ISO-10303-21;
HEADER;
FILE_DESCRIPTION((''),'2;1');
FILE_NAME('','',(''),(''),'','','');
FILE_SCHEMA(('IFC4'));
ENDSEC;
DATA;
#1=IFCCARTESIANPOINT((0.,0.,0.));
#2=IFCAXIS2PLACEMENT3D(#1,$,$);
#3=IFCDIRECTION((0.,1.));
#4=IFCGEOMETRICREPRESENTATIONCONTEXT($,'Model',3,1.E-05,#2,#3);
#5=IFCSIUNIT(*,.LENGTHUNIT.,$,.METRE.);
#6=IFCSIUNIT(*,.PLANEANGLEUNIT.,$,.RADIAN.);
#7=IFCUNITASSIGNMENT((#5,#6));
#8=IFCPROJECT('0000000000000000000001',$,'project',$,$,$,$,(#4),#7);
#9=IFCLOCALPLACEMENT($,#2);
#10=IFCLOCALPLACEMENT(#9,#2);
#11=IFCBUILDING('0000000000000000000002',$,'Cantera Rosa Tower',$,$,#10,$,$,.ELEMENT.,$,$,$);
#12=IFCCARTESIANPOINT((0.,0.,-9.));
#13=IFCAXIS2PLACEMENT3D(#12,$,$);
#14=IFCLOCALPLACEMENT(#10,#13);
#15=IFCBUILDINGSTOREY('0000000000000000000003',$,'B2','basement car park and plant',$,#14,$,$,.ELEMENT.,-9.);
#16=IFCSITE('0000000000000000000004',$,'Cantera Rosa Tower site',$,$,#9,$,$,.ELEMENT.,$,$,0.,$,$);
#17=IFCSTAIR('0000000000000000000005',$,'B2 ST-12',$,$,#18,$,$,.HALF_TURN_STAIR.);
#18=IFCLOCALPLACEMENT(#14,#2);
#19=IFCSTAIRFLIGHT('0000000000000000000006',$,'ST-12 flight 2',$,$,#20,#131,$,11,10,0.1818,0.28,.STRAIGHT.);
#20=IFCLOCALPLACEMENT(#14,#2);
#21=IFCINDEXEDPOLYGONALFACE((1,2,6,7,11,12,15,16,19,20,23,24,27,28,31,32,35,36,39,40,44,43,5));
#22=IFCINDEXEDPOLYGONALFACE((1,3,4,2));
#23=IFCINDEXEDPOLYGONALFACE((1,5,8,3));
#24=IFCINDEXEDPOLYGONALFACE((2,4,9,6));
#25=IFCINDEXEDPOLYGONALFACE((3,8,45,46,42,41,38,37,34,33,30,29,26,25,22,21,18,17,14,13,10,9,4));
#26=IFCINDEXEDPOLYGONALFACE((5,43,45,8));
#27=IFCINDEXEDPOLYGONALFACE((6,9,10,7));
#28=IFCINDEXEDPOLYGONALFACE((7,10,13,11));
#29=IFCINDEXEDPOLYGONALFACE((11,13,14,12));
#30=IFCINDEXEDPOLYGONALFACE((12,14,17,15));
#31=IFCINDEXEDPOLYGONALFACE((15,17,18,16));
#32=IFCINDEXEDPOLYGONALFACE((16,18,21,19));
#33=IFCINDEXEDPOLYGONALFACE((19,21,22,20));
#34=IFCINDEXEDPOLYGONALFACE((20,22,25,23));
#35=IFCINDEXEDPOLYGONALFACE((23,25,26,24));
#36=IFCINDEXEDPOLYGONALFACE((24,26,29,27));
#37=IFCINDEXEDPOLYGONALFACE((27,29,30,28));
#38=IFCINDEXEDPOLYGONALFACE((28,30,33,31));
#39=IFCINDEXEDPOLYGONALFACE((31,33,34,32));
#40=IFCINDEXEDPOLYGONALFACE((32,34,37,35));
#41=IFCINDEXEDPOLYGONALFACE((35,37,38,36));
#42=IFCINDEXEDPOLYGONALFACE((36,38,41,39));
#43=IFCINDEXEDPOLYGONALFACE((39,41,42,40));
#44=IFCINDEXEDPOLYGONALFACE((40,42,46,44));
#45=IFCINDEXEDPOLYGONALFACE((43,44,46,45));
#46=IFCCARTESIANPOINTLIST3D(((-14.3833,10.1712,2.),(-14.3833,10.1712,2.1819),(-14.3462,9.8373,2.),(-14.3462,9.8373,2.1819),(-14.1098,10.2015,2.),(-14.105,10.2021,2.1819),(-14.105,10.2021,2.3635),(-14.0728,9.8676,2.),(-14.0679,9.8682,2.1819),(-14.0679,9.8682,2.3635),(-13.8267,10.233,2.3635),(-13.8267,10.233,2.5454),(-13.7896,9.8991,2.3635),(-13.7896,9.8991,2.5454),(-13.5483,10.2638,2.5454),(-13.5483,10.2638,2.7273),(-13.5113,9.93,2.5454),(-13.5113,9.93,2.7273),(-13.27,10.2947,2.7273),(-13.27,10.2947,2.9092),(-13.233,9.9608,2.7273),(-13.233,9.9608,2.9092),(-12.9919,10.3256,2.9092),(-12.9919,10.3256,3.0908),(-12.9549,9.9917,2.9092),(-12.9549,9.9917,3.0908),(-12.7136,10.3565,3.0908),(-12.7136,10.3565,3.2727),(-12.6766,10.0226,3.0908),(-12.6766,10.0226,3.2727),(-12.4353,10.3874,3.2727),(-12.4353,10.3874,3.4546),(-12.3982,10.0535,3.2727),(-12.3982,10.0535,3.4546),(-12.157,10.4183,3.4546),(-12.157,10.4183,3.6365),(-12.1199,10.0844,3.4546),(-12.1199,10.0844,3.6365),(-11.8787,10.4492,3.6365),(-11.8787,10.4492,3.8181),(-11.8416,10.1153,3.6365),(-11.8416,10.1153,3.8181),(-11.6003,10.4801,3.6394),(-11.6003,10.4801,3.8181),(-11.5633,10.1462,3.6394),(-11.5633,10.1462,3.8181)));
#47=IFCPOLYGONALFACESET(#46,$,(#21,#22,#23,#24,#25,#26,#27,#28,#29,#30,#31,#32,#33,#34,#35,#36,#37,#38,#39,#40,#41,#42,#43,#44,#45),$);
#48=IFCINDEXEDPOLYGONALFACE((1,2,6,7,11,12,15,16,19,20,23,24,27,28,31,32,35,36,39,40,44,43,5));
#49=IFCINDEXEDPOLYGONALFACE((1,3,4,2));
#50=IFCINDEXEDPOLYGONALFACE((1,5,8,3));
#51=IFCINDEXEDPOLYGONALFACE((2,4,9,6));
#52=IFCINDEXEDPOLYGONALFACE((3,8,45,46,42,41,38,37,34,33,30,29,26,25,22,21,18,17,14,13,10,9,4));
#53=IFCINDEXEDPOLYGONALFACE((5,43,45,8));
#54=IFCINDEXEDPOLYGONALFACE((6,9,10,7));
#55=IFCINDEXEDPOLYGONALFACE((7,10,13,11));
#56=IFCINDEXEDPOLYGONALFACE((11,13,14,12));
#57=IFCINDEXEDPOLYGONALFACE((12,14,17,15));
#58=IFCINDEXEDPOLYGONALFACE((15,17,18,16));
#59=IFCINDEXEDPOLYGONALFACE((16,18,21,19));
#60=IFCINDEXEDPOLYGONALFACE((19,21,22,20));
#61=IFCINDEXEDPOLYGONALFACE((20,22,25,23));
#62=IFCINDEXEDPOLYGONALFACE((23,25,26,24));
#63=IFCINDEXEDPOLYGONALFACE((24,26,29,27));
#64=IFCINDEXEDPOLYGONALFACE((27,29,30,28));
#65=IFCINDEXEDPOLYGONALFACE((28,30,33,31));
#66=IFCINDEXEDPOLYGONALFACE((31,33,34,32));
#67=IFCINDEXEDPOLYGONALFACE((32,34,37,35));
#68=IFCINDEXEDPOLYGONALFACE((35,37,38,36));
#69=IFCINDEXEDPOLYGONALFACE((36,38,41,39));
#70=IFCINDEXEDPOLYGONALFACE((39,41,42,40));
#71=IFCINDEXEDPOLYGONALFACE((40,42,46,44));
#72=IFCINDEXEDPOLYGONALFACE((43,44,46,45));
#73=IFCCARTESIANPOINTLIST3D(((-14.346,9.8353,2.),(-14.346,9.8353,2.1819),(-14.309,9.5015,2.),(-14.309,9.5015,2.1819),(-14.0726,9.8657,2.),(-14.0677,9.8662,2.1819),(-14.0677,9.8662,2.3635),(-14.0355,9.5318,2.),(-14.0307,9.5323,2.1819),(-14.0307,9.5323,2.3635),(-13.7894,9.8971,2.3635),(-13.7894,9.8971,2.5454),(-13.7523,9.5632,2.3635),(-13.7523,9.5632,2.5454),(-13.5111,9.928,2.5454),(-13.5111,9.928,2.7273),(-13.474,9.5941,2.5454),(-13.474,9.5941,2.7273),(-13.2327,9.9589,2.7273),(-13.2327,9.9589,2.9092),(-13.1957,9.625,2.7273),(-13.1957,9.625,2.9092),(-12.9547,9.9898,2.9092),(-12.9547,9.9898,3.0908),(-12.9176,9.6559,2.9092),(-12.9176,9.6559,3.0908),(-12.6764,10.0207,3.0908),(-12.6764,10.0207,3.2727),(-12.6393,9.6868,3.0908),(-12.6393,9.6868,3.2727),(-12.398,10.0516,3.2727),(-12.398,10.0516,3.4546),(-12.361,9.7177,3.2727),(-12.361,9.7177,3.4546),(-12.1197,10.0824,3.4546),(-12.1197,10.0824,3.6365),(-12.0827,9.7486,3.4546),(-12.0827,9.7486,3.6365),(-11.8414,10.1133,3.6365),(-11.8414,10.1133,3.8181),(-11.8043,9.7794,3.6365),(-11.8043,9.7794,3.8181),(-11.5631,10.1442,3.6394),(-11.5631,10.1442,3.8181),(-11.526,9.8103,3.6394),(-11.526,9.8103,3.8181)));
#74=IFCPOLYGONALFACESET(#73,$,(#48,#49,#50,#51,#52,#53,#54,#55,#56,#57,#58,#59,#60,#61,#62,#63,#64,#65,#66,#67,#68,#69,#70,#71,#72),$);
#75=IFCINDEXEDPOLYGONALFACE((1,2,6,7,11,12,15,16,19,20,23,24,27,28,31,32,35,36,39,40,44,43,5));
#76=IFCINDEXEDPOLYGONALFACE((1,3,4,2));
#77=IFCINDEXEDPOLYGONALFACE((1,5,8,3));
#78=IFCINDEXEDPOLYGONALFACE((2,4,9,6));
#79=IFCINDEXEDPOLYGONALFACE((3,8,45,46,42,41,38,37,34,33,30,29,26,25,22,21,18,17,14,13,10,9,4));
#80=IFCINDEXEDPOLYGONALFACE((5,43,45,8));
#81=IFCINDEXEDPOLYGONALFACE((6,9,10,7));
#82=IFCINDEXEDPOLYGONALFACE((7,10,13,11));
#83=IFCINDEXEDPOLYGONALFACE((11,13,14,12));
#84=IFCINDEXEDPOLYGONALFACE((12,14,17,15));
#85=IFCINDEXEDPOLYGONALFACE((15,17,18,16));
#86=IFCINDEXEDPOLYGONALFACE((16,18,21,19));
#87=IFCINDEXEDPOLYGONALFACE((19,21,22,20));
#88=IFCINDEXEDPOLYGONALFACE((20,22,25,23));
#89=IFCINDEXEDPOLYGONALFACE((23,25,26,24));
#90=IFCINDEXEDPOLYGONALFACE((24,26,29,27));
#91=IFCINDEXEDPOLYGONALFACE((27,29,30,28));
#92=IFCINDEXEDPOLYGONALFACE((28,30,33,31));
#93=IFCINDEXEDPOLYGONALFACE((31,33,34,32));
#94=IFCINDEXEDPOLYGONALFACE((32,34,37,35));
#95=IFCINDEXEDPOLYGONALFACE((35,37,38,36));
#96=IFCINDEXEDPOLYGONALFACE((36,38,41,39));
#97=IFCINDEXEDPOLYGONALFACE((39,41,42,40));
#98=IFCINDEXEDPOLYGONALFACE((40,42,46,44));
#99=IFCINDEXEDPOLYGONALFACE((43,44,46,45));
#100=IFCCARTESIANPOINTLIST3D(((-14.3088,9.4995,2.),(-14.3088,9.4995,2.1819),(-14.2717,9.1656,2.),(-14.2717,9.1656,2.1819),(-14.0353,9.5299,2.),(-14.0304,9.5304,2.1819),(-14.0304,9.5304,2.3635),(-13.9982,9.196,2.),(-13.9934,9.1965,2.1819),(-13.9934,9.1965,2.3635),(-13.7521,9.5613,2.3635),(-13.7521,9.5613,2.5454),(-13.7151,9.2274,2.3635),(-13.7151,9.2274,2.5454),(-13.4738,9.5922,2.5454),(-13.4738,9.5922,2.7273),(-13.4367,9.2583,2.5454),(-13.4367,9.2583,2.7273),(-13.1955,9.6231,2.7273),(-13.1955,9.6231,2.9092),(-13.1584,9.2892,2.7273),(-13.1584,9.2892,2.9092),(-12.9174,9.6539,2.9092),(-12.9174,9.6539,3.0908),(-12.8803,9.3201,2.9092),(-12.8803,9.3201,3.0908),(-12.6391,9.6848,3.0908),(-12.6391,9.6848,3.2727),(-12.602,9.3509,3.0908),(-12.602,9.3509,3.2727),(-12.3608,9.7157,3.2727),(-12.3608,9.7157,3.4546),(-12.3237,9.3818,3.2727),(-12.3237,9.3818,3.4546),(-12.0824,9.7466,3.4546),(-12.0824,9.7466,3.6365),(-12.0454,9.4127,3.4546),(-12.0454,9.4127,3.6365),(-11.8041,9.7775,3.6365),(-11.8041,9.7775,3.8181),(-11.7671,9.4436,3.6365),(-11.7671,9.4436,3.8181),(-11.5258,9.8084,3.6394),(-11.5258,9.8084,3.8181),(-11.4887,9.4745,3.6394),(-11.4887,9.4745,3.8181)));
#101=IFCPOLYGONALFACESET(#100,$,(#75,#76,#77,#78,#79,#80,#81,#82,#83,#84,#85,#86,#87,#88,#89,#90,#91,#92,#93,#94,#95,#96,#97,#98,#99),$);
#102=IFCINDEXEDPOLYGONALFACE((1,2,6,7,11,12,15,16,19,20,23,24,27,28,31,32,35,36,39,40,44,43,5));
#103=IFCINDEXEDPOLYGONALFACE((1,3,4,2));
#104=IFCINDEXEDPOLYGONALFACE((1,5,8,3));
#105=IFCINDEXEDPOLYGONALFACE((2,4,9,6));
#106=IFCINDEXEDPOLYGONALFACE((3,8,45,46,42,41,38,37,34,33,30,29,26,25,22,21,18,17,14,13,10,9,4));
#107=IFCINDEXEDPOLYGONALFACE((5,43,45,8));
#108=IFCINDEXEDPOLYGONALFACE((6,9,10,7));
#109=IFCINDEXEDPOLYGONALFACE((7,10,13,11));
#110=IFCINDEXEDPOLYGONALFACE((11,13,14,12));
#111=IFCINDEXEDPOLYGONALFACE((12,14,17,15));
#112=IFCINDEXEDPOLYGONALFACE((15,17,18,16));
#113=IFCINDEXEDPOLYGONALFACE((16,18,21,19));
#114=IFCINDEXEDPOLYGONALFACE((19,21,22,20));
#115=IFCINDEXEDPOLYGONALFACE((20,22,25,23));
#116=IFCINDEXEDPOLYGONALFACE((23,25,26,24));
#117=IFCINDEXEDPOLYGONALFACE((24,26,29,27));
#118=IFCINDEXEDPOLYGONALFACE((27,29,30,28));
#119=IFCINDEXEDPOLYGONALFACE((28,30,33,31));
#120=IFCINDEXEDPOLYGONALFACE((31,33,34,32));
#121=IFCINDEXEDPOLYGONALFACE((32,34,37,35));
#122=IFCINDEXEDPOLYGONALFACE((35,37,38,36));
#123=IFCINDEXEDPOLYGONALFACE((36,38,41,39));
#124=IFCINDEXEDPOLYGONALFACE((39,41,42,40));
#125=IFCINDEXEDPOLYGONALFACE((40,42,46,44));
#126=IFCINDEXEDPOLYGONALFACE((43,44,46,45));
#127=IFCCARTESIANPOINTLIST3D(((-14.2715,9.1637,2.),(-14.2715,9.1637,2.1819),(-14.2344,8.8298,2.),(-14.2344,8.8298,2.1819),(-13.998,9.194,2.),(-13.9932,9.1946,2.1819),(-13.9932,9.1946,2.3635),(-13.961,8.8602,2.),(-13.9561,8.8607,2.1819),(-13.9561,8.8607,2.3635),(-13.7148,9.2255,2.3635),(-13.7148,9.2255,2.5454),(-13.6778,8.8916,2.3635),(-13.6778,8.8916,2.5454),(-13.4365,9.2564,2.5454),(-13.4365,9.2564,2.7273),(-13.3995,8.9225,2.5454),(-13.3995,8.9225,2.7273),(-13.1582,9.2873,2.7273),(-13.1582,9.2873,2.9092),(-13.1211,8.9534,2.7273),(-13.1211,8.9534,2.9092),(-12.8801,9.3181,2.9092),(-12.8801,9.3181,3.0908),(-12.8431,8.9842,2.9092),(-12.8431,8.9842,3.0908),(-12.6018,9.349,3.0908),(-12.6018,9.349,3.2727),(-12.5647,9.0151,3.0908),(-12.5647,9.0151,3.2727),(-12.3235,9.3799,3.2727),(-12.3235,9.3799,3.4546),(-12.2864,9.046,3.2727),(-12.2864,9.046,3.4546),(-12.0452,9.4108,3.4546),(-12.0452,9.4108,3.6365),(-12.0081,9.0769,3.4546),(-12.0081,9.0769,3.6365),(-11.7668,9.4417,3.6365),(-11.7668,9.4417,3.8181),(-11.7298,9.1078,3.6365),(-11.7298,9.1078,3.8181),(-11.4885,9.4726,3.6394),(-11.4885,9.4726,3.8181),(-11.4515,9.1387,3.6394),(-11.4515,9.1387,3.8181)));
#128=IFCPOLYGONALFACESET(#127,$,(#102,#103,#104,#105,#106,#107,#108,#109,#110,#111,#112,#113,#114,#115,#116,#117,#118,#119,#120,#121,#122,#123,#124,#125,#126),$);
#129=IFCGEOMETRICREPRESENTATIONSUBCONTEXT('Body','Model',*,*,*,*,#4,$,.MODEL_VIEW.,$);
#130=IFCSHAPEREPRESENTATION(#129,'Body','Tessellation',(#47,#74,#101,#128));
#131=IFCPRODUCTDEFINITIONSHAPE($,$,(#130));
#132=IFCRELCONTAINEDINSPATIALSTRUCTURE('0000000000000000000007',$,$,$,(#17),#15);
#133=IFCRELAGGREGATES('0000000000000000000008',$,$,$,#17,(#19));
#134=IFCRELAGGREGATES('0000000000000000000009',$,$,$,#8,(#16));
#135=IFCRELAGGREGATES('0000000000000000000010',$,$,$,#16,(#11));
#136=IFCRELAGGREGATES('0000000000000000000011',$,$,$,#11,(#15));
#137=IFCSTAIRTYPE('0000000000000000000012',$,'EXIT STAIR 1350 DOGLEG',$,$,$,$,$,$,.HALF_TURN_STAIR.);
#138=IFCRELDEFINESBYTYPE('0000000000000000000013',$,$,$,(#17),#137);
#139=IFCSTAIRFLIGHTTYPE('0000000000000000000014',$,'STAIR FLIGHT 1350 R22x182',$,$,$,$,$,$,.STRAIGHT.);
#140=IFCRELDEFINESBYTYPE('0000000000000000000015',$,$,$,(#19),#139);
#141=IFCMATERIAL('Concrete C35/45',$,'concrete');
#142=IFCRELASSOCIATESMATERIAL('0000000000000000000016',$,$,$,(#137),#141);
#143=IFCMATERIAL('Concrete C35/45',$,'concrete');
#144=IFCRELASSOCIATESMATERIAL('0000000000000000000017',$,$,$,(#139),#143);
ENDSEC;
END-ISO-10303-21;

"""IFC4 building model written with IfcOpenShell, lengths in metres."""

from ifc_helpers import new_model, si_unit, direction, frame, origin, place, context, subcontext, project, spatial, polyline, outline, extrude, material, type_object, element, aggregate, save


model = new_model("IFC4")

# Units and contexts
model_context = context("Model", 3, precision=1e-05, world=origin(), true_north=direction((0.0, 1.0)))
body_context = subcontext(model_context, "Body", "Model", "MODEL_VIEW")
ifc_project = project(units=[si_unit("LENGTHUNIT", "METRE"), si_unit("PLANEANGLEUNIT", "RADIAN")], contexts=[model_context])

# Site, building, storey
site_placement = place(None, origin())
site = spatial("IfcSite", under=ifc_project, at=site_placement, Name="Cantera Rosa Tower site", CompositionType="ELEMENT", RefElevation=0.0)
building_placement = place(site_placement, origin())
building = spatial("IfcBuilding", under=site, at=building_placement, Name="Cantera Rosa Tower", CompositionType="ELEMENT")
storey_placement = place(building_placement, frame((0.0, 0.0, -9.0)))
storey = spatial("IfcBuildingStorey", under=building, at=storey_placement, Name="B2", Description="basement car park and plant", CompositionType="ELEMENT", Elevation=-9.0)

# Stair, stair flight
ifc_material_1 = material(Name="Concrete C35/45", Category="concrete")
stair_type = type_object("IfcStairType", Name="EXIT STAIR 1350 DOGLEG", PredefinedType="HALF_TURN_STAIR", material=ifc_material_1)
stair_placement = place(storey_placement, origin())
stair = element("IfcStair", 1, at=stair_placement, inside=storey, type_object=stair_type, Name="B2 ST-12", PredefinedType="HALF_TURN_STAIR")
ifc_material_2 = material(Name="Concrete C35/45", Category="concrete")
stair_flight_type = type_object("IfcStairFlightType", Name="STAIR FLIGHT 1350 R22x182", PredefinedType="STRAIGHT", material=ifc_material_2)
stair_flight_1_placement = place(storey_placement, frame((-14.3088, 9.5002, 2.0), z_axis=(0.0, 0.0, 1.0), x_axis=(0.993897, 0.110313, 0.0)))
stair_flight_1 = element("IfcStairFlight", 2, at=stair_flight_1_placement, type_object=stair_flight_type, Name="ST-12 flight 2", NumberOfRisers=11, NumberOfTreads=10, PredefinedType="STRAIGHT", RiserHeight=0.1818, TreadLength=0.28, context=body_context, shape_type="SweptSolid", body=[
    extrude(outline(polyline([(0.0, 0.0), (0.0, 0.1819), (0.28, 0.1819), (0.28, 0.3635), (0.5601, 0.3635), (0.5601, 0.5454), (0.8401, 0.5454), (0.8401, 0.7273), (1.1201, 0.7273), (1.1201, 0.9092), (1.3999, 0.9092), (1.3999, 1.0908), (1.6799, 1.0908), (1.6799, 1.2727), (1.96, 1.2727), (1.96, 1.4546), (2.24, 1.4546), (2.24, 1.6365), (2.52, 1.6365), (2.52, 1.8181), (2.8, 1.8181), (2.8, 2.0), (2.8, 1.6394), (0.2751, 0.0), (0.0, 0.0)])), frame((0.0, 0.675, 0.0), z_axis=(0.0, -1.0, 0.0), x_axis=(1.0, 0.0, 0.0)), (0.0, 0.0, 1.0), 0.3359),
    extrude(outline(polyline([(0.0, 0.0), (0.0, 0.1819), (0.28, 0.1819), (0.28, 0.3635), (0.5601, 0.3635), (0.5601, 0.5454), (0.8401, 0.5454), (0.8401, 0.7273), (1.1201, 0.7273), (1.1201, 0.9092), (1.3999, 0.9092), (1.3999, 1.0908), (1.6799, 1.0908), (1.6799, 1.2727), (1.96, 1.2727), (1.96, 1.4546), (2.24, 1.4546), (2.24, 1.6365), (2.52, 1.6365), (2.52, 1.8181), (2.8, 1.8181), (2.8, 2.0), (2.8, 1.6394), (0.2751, 0.0), (0.0, 0.0)])), frame((0.0, 0.3372, 0.0), z_axis=(0.0, -1.0, 0.0), x_axis=(1.0, 0.0, 0.0)), (0.0, 0.0, 1.0), 0.3359),
    extrude(outline(polyline([(0.0, 0.0), (0.0, 0.1819), (0.28, 0.1819), (0.28, 0.3635), (0.5601, 0.3635), (0.5601, 0.5454), (0.8401, 0.5454), (0.8401, 0.7273), (1.1201, 0.7273), (1.1201, 0.9092), (1.3999, 0.9092), (1.3999, 1.0908), (1.6799, 1.0908), (1.6799, 1.2727), (1.96, 1.2727), (1.96, 1.4546), (2.24, 1.4546), (2.24, 1.6365), (2.52, 1.6365), (2.52, 1.8181), (2.8, 1.8181), (2.8, 2.0), (2.8, 1.6394), (0.2751, 0.0), (0.0, 0.0)])), frame((0.0, -0.0007, 0.0), z_axis=(0.0, -1.0, 0.0), x_axis=(1.0, 0.0, 0.0)), (0.0, 0.0, 1.0), 0.3359),
    extrude(outline(polyline([(0.0, 0.0), (0.0, 0.1819), (0.28, 0.1819), (0.28, 0.3635), (0.5601, 0.3635), (0.5601, 0.5454), (0.8401, 0.5454), (0.8401, 0.7273), (1.1201, 0.7273), (1.1201, 0.9092), (1.3999, 0.9092), (1.3999, 1.0908), (1.6799, 1.0908), (1.6799, 1.2727), (1.96, 1.2727), (1.96, 1.4546), (2.24, 1.4546), (2.24, 1.6365), (2.52, 1.6365), (2.52, 1.8181), (2.8, 1.8181), (2.8, 2.0), (2.8, 1.6394), (0.2751, 0.0), (0.0, 0.0)])), frame((0.0, -0.3386, 0.0), z_axis=(0.0, -1.0, 0.0), x_axis=(1.0, 0.0, 0.0)), (0.0, 0.0, 1.0), 0.3359),
])
aggregate(stair, [stair_flight_1])

save(model, "model.ifc")
